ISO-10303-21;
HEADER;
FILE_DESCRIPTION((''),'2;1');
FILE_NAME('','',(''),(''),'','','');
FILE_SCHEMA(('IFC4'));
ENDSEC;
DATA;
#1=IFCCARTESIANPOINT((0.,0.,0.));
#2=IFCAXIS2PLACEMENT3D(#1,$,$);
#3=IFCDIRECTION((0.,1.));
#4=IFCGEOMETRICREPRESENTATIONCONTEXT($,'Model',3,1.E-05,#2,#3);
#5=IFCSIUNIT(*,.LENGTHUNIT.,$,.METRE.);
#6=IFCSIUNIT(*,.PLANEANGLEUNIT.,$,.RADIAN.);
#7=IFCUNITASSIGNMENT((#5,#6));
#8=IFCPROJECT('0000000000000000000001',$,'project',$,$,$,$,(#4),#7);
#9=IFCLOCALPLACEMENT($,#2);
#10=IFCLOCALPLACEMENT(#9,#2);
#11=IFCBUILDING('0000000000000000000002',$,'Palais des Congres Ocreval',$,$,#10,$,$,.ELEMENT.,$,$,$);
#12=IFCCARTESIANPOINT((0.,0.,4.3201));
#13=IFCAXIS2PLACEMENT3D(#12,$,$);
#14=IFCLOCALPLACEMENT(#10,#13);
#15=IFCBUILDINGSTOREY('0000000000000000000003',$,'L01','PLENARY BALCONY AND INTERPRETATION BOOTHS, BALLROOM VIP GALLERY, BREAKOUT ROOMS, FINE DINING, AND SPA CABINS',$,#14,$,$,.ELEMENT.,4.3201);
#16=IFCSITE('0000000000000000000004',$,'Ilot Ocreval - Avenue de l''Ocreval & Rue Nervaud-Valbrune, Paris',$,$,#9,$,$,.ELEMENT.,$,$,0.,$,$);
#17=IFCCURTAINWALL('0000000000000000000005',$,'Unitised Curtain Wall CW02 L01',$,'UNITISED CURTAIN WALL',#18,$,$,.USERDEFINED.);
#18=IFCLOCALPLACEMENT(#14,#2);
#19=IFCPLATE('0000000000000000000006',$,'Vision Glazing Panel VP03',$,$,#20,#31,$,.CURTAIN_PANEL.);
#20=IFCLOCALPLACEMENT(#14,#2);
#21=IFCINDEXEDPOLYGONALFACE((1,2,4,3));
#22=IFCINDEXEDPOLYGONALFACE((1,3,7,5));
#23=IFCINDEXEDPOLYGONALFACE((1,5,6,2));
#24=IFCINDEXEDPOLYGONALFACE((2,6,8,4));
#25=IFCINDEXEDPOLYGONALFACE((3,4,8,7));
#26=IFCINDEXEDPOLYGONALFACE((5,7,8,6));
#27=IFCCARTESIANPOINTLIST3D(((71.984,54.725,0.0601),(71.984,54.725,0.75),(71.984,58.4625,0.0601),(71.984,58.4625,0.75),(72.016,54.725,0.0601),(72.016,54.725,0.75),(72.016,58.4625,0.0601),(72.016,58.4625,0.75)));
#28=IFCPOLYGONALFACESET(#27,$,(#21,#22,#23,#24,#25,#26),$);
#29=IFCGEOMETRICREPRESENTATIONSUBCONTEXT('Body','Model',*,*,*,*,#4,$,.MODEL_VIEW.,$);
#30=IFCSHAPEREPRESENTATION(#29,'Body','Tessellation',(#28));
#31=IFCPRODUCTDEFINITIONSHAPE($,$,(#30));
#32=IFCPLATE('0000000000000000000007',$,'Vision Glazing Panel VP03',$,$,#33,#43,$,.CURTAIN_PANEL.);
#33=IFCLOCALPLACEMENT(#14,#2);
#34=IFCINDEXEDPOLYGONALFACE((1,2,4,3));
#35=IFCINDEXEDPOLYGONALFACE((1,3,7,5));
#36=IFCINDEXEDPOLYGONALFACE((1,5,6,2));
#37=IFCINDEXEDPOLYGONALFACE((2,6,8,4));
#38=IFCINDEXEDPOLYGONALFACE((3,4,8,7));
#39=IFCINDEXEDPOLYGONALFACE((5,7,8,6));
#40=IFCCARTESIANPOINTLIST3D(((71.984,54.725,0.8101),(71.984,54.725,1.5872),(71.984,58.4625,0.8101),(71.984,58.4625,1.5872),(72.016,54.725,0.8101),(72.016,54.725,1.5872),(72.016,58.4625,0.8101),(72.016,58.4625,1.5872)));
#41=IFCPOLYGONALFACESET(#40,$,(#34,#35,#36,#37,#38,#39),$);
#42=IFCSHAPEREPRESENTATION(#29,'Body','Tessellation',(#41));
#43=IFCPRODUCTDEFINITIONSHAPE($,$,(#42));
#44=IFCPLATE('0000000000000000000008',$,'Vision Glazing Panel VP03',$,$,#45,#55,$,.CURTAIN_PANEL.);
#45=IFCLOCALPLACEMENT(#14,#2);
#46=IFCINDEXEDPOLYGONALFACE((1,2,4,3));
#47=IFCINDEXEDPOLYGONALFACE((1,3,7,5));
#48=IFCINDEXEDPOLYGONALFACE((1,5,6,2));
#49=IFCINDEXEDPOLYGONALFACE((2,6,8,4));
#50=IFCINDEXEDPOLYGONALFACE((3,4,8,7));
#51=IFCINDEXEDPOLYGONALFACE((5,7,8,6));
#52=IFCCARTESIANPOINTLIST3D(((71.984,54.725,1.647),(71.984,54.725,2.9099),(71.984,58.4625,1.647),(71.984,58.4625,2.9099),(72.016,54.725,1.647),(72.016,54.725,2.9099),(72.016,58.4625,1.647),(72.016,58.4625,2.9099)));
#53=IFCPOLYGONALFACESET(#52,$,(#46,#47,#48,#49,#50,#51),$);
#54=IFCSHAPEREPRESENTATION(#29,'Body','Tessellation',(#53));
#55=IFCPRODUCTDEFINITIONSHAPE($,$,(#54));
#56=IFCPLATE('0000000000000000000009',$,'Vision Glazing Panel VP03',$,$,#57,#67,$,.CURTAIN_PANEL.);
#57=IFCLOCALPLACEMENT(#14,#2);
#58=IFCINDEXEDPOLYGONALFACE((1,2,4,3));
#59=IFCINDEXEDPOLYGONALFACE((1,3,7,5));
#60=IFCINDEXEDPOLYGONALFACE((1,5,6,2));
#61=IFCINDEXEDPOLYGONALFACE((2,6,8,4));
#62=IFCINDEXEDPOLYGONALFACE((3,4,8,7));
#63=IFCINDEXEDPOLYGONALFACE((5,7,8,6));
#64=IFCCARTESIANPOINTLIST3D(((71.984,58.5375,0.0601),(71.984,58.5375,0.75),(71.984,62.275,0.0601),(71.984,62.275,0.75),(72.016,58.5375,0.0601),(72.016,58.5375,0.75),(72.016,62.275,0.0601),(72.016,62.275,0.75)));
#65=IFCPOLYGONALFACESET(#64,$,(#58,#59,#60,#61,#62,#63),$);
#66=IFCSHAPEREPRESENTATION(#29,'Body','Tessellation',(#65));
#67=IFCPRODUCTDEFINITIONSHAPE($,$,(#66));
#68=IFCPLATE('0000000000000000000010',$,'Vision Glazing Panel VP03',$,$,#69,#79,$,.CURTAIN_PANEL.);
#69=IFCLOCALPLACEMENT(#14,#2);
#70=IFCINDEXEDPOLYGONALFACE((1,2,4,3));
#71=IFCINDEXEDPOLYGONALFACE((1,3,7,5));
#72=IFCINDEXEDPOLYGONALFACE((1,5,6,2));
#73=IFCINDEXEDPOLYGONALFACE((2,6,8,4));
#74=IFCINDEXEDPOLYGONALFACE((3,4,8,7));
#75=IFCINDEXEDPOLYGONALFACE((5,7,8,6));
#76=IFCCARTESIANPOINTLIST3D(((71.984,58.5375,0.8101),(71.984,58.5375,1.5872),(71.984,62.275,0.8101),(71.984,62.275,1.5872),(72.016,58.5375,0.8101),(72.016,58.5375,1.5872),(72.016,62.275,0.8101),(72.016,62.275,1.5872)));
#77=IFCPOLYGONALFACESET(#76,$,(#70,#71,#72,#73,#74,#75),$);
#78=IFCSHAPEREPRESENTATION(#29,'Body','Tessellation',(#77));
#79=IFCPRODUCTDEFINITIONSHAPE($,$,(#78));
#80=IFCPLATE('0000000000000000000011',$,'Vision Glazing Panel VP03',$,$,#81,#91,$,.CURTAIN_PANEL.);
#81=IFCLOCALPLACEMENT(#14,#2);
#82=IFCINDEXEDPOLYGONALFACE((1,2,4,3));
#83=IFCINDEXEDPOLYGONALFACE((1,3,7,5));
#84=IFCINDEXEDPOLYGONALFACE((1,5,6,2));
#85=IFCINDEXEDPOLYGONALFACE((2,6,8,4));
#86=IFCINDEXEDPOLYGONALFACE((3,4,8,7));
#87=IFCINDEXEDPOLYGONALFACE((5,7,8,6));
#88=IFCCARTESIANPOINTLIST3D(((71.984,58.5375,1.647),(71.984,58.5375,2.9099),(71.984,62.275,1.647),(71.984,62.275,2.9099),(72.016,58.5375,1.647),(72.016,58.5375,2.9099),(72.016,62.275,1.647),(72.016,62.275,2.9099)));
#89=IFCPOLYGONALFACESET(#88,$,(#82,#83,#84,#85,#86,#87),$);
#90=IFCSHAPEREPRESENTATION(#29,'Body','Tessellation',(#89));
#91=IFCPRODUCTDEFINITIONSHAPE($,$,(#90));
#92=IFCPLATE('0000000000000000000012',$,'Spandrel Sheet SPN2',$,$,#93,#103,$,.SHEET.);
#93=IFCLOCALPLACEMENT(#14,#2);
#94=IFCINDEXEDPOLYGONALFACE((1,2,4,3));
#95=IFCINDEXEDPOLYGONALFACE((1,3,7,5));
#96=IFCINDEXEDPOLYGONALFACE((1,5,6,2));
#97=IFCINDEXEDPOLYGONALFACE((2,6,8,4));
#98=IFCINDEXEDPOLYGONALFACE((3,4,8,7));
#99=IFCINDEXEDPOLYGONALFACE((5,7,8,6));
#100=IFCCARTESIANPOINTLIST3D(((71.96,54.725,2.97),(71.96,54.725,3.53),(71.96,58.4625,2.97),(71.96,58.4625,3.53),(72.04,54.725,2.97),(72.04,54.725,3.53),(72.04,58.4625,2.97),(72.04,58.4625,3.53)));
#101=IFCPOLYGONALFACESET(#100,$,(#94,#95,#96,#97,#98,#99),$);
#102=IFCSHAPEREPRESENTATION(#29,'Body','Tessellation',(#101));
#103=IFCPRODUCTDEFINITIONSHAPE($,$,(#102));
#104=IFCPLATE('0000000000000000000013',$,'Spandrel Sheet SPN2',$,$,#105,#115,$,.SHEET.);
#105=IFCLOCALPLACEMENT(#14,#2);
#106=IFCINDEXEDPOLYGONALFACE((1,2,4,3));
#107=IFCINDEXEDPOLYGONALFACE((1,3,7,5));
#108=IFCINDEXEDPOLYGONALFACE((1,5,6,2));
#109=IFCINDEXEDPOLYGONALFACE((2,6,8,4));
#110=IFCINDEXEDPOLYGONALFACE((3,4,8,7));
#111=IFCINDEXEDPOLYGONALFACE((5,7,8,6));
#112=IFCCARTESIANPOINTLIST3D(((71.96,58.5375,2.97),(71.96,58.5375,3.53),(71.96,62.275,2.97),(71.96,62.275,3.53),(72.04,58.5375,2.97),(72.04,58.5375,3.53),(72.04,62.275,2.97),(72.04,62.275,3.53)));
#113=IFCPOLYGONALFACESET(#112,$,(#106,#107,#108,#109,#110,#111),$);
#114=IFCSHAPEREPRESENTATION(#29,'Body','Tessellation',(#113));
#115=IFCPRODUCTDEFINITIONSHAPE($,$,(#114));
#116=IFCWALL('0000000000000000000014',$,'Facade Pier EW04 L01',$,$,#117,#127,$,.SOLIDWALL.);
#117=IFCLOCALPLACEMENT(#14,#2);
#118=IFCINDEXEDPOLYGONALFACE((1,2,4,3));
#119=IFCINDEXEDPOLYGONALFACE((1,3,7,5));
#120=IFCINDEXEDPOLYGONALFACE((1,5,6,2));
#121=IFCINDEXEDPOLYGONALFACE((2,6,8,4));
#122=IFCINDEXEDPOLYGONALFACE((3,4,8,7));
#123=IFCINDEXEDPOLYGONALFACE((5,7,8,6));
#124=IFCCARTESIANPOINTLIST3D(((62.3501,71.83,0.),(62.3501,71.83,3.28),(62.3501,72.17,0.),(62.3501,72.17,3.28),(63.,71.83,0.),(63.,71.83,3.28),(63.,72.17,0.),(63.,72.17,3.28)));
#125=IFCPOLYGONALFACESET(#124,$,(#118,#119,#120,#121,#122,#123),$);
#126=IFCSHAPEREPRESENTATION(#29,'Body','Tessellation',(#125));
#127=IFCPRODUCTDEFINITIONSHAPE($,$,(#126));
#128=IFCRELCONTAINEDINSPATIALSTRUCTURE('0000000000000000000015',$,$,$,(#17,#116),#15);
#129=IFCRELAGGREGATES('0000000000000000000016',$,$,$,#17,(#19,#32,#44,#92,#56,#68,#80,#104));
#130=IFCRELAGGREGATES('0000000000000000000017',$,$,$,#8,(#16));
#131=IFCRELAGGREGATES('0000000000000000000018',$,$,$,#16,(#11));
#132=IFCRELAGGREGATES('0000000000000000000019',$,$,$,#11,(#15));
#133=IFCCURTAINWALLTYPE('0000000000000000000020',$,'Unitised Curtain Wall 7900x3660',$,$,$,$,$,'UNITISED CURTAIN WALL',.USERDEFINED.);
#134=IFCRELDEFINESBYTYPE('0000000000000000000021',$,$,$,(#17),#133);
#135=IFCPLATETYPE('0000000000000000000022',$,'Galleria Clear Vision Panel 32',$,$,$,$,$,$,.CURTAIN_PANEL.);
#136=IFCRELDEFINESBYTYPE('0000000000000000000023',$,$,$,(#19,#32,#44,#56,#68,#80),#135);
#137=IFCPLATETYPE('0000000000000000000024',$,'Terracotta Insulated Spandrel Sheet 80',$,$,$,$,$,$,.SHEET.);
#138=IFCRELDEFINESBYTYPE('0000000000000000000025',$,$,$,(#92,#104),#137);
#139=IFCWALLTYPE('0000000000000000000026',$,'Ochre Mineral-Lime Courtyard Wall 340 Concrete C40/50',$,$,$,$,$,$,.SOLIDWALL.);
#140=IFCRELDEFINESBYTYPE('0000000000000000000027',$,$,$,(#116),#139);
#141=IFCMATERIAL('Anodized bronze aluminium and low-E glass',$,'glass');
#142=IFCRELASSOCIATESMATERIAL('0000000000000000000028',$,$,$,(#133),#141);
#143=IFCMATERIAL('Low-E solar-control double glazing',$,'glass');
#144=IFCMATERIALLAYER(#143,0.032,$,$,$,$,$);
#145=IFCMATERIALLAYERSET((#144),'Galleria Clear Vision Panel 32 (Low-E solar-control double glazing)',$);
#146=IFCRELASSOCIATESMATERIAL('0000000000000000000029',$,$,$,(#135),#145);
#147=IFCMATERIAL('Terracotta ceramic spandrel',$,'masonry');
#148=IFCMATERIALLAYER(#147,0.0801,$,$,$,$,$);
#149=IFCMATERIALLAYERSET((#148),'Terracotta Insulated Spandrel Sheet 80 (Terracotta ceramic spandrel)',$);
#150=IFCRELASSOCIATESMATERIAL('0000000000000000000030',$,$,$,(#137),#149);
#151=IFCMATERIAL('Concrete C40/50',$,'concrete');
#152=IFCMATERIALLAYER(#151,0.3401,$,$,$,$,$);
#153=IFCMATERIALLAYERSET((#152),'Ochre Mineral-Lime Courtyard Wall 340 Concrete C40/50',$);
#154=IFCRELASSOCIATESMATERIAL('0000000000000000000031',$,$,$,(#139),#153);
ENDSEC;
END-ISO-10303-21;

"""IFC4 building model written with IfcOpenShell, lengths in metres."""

from ifc_helpers import new_model, si_unit, direction, frame, frame_2d, origin, origin_2d, place, context, subcontext, project, spatial, rectangle, extrude, material, layer, layer_set, type_object, element, aggregate, save


model = new_model("IFC4")

# Units and contexts
model_context = context("Model", 3, precision=1e-05, world=origin(), true_north=direction((0.0, 1.0)))
body_context = subcontext(model_context, "Body", "Model", "MODEL_VIEW")
ifc_project = project(units=[si_unit("LENGTHUNIT", "METRE"), si_unit("PLANEANGLEUNIT", "RADIAN")], contexts=[model_context])

# Site, building, storey
site_placement = place(None, origin())
site = spatial("IfcSite", under=ifc_project, at=site_placement, Name="Ilot Ocreval - Avenue de l'Ocreval & Rue Nervaud-Valbrune, Paris", CompositionType="ELEMENT", RefElevation=0.0)
building_placement = place(site_placement, origin())
building = spatial("IfcBuilding", under=site, at=building_placement, Name="Palais des Congres Ocreval", CompositionType="ELEMENT")
storey_placement = place(building_placement, frame((0.0, 0.0, 4.3201)))
storey = spatial("IfcBuildingStorey", under=building, at=storey_placement, Name="L01", Description="PLENARY BALCONY AND INTERPRETATION BOOTHS, BALLROOM VIP GALLERY, BREAKOUT ROOMS, FINE DINING, AND SPA CABINS", CompositionType="ELEMENT", Elevation=4.3201)

# Curtain wall
ifc_material_1 = material(Name="Anodized bronze aluminium and low-E glass", Category="glass")
curtain_wall_type = type_object("IfcCurtainWallType", Name="Unitised Curtain Wall 7900x3660", ElementType="UNITISED CURTAIN WALL", PredefinedType="USERDEFINED", material=ifc_material_1)
curtain_wall_placement = place(storey_placement, origin())
curtain_wall = element("IfcCurtainWall", 1, at=curtain_wall_placement, inside=storey, type_object=curtain_wall_type, Name="Unitised Curtain Wall CW02 L01", ObjectType="UNITISED CURTAIN WALL", PredefinedType="USERDEFINED")

# Plates
ifc_material_2 = material(Name="Low-E solar-control double glazing", Category="glass")
ifc_layer_1 = layer(ifc_material_2, 0.032)
ifc_layer_set_1 = layer_set([ifc_layer_1], Name="Galleria Clear Vision Panel 32 (Low-E solar-control double glazing)")
plate_type_1 = type_object("IfcPlateType", Name="Galleria Clear Vision Panel 32", PredefinedType="CURTAIN_PANEL", material=ifc_layer_set_1)
plate_1_placement = place(storey_placement, frame((72.0, 56.5938, 0.0601), z_axis=(0.0, 0.0, 1.0), x_axis=(0.0, 1.0, 0.0)))
plate_1 = element("IfcPlate", 2, at=plate_1_placement, type_object=plate_type_1, Name="Vision Glazing Panel VP03", PredefinedType="CURTAIN_PANEL", context=body_context, shape_type="SweptSolid", body=[
    extrude(rectangle(XDim=3.7375, YDim=0.032, at=origin_2d()), origin(), (0.0, 0.0, 1.0), 0.6899),
])
plate_2_placement = place(storey_placement, frame((72.0, 56.5938, 0.8101), z_axis=(0.0, 0.0, 1.0), x_axis=(0.0, 1.0, 0.0)))
plate_2 = element("IfcPlate", 3, at=plate_2_placement, type_object=plate_type_1, Name="Vision Glazing Panel VP03", PredefinedType="CURTAIN_PANEL", context=body_context, shape_type="SweptSolid", body=[
    extrude(rectangle(XDim=3.7375, YDim=0.032, at=origin_2d()), origin(), (0.0, 0.0, 1.0), 0.7771),
])
plate_3_placement = place(storey_placement, frame((72.0, 56.5938, 1.647), z_axis=(0.0, 0.0, 1.0), x_axis=(0.0, 1.0, 0.0)))
plate_3 = element("IfcPlate", 4, at=plate_3_placement, type_object=plate_type_1, Name="Vision Glazing Panel VP03", PredefinedType="CURTAIN_PANEL", context=body_context, shape_type="SweptSolid", body=[
    extrude(rectangle(XDim=3.7375, YDim=0.032, at=origin_2d()), origin(), (0.0, 0.0, 1.0), 1.2629),
])
plate_4_placement = place(storey_placement, frame((72.0, 60.4062, 0.0601), z_axis=(0.0, 0.0, 1.0), x_axis=(0.0, 1.0, 0.0)))
plate_4 = element("IfcPlate", 5, at=plate_4_placement, type_object=plate_type_1, Name="Vision Glazing Panel VP03", PredefinedType="CURTAIN_PANEL", context=body_context, shape_type="SweptSolid", body=[
    extrude(rectangle(XDim=3.7375, YDim=0.032, at=origin_2d()), origin(), (0.0, 0.0, 1.0), 0.6899),
])
plate_5_placement = place(storey_placement, frame((72.0, 60.4062, 0.8101), z_axis=(0.0, 0.0, 1.0), x_axis=(0.0, 1.0, 0.0)))
plate_5 = element("IfcPlate", 6, at=plate_5_placement, type_object=plate_type_1, Name="Vision Glazing Panel VP03", PredefinedType="CURTAIN_PANEL", context=body_context, shape_type="SweptSolid", body=[
    extrude(rectangle(XDim=3.7375, YDim=0.032, at=origin_2d()), origin(), (0.0, 0.0, 1.0), 0.7771),
])
plate_6_placement = place(storey_placement, frame((72.0, 60.4062, 1.647), z_axis=(0.0, 0.0, 1.0), x_axis=(0.0, 1.0, 0.0)))
plate_6 = element("IfcPlate", 7, at=plate_6_placement, type_object=plate_type_1, Name="Vision Glazing Panel VP03", PredefinedType="CURTAIN_PANEL", context=body_context, shape_type="SweptSolid", body=[
    extrude(rectangle(XDim=3.7375, YDim=0.032, at=origin_2d()), origin(), (0.0, 0.0, 1.0), 1.2629),
])
ifc_material_3 = material(Name="Terracotta ceramic spandrel", Category="masonry")
ifc_layer_2 = layer(ifc_material_3, 0.0801)
ifc_layer_set_2 = layer_set([ifc_layer_2], Name="Terracotta Insulated Spandrel Sheet 80 (Terracotta ceramic spandrel)")
plate_type_2 = type_object("IfcPlateType", Name="Terracotta Insulated Spandrel Sheet 80", PredefinedType="SHEET", material=ifc_layer_set_2)
plate_7_placement = place(storey_placement, frame((72.0, 56.5938, 2.97), z_axis=(0.0, 0.0, 1.0), x_axis=(0.0, 1.0, 0.0)))
plate_7 = element("IfcPlate", 8, at=plate_7_placement, type_object=plate_type_2, Name="Spandrel Sheet SPN2", PredefinedType="SHEET", context=body_context, shape_type="SweptSolid", body=[
    extrude(rectangle(XDim=3.7375, YDim=0.0801, at=origin_2d()), origin(), (0.0, 0.0, 1.0), 0.5601),
])
plate_8_placement = place(storey_placement, frame((72.0, 60.4062, 2.97), z_axis=(0.0, 0.0, 1.0), x_axis=(0.0, 1.0, 0.0)))
plate_8 = element("IfcPlate", 9, at=plate_8_placement, type_object=plate_type_2, Name="Spandrel Sheet SPN2", PredefinedType="SHEET", context=body_context, shape_type="SweptSolid", body=[
    extrude(rectangle(XDim=3.7375, YDim=0.0801, at=origin_2d()), origin(), (0.0, 0.0, 1.0), 0.5601),
])
aggregate(curtain_wall, [plate_1, plate_2, plate_3, plate_7, plate_4, plate_5, plate_6, plate_8])

# Wall
ifc_material_4 = material(Name="Concrete C40/50", Category="concrete")
ifc_layer_3 = layer(ifc_material_4, 0.3401)
ifc_layer_set_3 = layer_set([ifc_layer_3], Name="Ochre Mineral-Lime Courtyard Wall 340 Concrete C40/50")
wall_type = type_object("IfcWallType", Name="Ochre Mineral-Lime Courtyard Wall 340 Concrete C40/50", PredefinedType="SOLIDWALL", material=ifc_layer_set_3)
wall_placement = place(storey_placement, frame((63.0, 72.0, 0.0), z_axis=(0.0, 0.0, 1.0), x_axis=(-1.0, 0.0, 0.0)))
element("IfcWall", 10, at=wall_placement, inside=storey, type_object=wall_type, Name="Facade Pier EW04 L01", PredefinedType="SOLIDWALL", context=body_context, shape_type="SweptSolid", body=[
    extrude(rectangle(XDim=0.6499, YDim=0.3401, at=frame_2d((0.325, 0.0))), origin(), (0.0, 0.0, 1.0), 3.28),
])

save(model, "model.ifc")
